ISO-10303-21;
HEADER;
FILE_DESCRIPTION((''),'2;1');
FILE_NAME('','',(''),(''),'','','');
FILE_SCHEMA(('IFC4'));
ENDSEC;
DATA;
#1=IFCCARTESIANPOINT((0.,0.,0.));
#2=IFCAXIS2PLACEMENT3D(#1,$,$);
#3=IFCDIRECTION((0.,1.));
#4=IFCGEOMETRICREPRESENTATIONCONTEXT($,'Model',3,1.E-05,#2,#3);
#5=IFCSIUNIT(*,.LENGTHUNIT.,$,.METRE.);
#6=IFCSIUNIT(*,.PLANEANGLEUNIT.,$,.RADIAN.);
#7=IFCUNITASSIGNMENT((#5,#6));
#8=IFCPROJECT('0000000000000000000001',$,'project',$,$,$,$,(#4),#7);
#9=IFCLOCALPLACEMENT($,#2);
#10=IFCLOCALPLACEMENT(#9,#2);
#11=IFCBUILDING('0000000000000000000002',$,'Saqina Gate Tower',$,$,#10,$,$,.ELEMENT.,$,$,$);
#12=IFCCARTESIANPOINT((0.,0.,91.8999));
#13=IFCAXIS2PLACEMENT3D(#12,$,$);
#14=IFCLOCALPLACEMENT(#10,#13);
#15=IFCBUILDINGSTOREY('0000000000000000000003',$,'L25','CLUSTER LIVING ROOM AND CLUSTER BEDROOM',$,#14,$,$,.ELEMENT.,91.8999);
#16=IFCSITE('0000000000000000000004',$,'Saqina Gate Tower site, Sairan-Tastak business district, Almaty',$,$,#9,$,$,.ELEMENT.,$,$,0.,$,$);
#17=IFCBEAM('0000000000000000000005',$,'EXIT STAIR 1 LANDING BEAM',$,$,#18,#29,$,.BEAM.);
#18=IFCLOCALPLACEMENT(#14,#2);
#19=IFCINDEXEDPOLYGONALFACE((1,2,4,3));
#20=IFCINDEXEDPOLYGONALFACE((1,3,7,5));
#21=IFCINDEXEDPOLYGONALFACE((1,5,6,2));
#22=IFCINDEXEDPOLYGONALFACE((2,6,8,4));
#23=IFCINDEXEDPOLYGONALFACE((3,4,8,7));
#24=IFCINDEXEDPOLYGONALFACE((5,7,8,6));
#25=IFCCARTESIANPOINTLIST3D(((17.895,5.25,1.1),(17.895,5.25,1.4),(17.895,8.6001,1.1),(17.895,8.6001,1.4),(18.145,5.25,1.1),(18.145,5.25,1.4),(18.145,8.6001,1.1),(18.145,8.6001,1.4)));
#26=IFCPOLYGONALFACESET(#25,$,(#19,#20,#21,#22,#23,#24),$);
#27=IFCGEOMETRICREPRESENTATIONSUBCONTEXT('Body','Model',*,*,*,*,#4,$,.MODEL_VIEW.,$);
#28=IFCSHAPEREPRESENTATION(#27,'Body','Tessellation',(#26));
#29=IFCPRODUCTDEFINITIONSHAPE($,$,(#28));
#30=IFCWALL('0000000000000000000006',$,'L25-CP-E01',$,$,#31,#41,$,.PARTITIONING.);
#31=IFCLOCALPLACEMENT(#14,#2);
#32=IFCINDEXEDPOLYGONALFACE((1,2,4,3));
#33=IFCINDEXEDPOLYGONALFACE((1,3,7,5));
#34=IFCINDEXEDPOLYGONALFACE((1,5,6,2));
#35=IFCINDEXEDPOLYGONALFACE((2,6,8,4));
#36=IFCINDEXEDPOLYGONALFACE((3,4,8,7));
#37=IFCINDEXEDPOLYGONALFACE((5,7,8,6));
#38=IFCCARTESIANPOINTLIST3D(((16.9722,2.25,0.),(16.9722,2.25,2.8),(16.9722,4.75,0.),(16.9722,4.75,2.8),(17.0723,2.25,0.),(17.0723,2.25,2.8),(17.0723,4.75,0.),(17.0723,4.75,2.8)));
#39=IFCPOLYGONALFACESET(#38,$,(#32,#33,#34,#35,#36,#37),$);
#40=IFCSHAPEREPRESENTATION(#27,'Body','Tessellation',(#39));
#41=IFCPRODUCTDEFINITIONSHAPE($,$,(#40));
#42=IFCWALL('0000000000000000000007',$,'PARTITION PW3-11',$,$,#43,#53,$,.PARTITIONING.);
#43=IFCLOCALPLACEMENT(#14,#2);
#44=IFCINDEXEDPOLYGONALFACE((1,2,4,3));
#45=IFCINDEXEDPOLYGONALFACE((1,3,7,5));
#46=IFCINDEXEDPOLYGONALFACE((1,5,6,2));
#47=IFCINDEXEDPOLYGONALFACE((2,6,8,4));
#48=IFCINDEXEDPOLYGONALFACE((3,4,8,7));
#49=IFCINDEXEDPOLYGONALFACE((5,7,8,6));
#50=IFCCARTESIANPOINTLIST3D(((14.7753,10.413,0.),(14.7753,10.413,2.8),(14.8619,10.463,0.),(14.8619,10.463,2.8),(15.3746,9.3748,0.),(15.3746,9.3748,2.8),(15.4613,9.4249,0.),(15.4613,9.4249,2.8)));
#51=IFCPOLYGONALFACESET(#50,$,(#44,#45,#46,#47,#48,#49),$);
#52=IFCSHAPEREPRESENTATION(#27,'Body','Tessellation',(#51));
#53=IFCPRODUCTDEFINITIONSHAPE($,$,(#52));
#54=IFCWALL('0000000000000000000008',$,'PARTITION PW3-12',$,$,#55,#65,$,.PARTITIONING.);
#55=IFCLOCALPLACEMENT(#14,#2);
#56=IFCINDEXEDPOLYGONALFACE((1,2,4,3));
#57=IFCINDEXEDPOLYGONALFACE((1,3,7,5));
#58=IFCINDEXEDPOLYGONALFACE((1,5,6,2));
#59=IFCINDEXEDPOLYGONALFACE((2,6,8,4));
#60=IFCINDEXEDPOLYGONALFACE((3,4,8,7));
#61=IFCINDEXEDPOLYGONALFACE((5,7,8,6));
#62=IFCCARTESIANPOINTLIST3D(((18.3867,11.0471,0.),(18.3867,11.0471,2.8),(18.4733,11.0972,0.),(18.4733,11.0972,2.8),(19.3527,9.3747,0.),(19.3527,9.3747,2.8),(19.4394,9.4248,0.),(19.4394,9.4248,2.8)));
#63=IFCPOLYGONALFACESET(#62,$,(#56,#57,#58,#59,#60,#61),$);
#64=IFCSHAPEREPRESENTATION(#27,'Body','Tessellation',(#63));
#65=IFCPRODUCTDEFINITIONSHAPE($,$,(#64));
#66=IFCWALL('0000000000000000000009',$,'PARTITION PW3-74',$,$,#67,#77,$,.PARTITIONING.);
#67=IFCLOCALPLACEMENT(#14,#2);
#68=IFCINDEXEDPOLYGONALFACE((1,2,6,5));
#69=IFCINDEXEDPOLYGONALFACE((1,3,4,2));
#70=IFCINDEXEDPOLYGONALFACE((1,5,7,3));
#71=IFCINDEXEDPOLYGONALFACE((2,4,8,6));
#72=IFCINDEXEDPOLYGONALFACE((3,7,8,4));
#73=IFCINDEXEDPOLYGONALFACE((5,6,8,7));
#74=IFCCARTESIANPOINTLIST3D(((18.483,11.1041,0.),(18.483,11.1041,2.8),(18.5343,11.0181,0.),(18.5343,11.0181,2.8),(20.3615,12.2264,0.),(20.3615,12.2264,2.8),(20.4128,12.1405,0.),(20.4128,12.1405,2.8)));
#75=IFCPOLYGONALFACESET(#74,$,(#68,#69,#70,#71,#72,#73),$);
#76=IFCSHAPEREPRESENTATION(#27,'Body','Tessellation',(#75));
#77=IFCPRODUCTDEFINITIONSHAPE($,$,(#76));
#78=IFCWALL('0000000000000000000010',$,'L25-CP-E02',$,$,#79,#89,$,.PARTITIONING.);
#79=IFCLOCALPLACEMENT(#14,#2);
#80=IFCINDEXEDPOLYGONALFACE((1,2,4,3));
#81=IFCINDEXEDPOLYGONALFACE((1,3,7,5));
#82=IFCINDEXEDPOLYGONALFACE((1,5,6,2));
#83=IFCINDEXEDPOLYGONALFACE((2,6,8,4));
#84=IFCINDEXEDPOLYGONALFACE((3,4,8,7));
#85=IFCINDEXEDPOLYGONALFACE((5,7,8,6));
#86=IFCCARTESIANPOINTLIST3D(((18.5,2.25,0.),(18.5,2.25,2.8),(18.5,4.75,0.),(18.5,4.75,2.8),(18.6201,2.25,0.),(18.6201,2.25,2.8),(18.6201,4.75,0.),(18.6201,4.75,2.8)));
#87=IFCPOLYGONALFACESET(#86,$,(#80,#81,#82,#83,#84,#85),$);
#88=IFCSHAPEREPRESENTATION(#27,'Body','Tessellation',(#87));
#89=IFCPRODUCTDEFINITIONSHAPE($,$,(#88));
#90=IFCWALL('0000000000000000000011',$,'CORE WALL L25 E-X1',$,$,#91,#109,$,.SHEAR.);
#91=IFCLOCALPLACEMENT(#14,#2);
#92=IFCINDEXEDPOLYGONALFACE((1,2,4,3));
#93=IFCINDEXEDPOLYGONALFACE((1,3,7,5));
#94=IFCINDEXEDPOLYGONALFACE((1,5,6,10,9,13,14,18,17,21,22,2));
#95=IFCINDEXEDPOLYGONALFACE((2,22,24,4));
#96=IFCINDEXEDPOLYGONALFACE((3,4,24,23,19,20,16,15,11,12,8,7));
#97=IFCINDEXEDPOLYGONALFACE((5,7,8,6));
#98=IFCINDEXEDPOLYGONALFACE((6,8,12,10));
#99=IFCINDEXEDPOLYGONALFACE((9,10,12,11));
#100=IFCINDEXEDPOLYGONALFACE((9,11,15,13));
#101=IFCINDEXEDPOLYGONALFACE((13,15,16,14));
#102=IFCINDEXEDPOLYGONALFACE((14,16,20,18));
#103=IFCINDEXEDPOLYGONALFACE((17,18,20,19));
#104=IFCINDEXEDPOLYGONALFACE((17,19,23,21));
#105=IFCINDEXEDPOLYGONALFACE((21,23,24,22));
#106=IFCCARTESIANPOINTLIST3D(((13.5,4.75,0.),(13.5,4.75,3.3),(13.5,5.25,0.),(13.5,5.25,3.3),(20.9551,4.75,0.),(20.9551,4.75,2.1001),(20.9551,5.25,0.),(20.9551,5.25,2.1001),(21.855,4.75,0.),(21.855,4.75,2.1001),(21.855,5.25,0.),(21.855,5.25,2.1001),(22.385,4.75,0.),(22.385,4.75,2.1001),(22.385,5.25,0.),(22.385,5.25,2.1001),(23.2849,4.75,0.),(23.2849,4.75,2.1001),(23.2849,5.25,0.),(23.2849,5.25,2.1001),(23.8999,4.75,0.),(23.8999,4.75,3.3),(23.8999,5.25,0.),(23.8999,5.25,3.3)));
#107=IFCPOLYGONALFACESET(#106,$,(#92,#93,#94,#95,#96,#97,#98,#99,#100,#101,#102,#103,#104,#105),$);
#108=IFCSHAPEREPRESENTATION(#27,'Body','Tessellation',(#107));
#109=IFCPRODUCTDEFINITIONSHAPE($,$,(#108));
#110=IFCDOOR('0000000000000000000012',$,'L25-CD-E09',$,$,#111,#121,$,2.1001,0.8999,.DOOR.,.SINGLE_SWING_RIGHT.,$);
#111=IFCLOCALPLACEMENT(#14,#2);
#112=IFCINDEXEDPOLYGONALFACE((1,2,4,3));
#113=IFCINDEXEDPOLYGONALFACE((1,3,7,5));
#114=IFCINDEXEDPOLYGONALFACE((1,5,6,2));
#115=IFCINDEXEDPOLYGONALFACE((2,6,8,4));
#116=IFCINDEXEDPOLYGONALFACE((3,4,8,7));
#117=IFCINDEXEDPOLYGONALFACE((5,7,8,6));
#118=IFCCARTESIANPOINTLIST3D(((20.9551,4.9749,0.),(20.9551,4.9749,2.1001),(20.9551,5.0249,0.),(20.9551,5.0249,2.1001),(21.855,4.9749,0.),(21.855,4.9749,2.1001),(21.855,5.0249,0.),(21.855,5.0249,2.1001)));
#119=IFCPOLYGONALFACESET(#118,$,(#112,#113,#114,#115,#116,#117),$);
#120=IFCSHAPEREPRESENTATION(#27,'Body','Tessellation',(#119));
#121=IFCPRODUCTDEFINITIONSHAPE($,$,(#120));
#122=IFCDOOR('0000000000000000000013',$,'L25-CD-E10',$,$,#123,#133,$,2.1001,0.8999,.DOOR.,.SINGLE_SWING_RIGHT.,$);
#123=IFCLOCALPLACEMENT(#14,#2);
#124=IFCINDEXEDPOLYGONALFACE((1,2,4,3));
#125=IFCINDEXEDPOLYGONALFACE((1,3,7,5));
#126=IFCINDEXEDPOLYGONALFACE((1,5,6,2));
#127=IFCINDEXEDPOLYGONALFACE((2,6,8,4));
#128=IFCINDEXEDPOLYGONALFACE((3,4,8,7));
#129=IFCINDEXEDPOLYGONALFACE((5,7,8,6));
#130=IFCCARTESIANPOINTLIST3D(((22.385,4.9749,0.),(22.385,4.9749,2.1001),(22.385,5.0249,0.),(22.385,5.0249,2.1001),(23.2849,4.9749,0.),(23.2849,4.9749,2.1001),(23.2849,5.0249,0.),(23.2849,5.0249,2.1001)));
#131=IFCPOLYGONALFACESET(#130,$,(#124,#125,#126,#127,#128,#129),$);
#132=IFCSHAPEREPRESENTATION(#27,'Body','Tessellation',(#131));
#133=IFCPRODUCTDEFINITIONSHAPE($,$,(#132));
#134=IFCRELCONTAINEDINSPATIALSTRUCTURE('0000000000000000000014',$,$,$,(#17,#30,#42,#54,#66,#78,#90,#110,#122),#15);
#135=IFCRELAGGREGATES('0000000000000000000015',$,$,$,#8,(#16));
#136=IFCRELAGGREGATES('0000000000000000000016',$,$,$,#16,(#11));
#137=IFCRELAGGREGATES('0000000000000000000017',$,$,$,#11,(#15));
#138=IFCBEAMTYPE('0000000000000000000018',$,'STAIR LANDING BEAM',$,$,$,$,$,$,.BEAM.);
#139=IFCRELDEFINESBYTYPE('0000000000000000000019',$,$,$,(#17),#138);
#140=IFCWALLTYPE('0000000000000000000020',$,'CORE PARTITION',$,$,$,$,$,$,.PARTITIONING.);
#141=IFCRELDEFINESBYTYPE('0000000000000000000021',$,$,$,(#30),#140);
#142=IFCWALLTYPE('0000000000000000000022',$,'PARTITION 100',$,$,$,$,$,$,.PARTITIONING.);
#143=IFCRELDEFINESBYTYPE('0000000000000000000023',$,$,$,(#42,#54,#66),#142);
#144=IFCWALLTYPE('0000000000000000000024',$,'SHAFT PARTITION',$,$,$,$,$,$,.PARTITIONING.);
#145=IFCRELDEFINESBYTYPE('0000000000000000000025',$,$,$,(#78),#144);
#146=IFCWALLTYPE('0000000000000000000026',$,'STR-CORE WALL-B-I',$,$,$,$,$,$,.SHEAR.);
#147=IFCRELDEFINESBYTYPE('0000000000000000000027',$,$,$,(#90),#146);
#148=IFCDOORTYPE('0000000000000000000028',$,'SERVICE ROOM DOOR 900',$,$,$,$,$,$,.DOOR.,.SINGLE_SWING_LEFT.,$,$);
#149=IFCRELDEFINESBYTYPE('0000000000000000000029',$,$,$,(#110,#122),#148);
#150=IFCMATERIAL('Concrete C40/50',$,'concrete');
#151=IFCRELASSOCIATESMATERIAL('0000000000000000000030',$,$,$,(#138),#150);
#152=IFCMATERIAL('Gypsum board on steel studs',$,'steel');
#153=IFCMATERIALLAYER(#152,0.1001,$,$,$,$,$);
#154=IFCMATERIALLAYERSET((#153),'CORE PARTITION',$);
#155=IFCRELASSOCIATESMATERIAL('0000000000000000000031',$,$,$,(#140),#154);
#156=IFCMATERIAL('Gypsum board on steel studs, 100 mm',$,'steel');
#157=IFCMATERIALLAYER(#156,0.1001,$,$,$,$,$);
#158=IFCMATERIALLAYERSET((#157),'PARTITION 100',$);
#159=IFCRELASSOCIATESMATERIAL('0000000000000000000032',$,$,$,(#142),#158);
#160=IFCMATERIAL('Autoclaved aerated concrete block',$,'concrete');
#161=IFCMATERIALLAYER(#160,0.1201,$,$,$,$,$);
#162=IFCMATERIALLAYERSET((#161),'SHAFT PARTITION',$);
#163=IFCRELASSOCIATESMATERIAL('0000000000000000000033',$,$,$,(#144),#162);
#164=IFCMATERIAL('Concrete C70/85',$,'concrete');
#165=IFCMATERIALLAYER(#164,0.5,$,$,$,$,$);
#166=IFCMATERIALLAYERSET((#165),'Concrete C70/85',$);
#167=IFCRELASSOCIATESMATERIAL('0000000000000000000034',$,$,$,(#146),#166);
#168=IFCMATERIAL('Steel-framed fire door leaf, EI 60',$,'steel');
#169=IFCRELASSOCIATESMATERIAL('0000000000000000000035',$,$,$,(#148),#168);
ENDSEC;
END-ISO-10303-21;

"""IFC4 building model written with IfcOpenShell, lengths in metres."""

from ifc_helpers import new_model, si_unit, direction, frame, frame_2d, origin, origin_2d, place, context, subcontext, project, spatial, rectangle, extrude, material, layer, layer_set, material_profile, profile_set, type_object, element, fill, save


model = new_model("IFC4")

# Units and contexts
model_context = context("Model", 3, precision=1e-05, world=origin(), true_north=direction((0.0, 1.0)))
body_context = subcontext(model_context, "Body", "Model", "MODEL_VIEW")
ifc_project = project(units=[si_unit("LENGTHUNIT", "METRE"), si_unit("PLANEANGLEUNIT", "RADIAN")], contexts=[model_context])

# Site, building, storey
site_placement = place(None, origin())
site = spatial("IfcSite", under=ifc_project, at=site_placement, Name="Saqina Gate Tower site, Sairan-Tastak business district, Almaty", CompositionType="ELEMENT", RefElevation=0.0)
building_placement = place(site_placement, origin())
building = spatial("IfcBuilding", under=site, at=building_placement, Name="Saqina Gate Tower", CompositionType="ELEMENT")
storey_placement = place(building_placement, frame((0.0, 0.0, 91.8999)))
storey = spatial("IfcBuildingStorey", under=building, at=storey_placement, Name="L25", Description="CLUSTER LIVING ROOM AND CLUSTER BEDROOM", CompositionType="ELEMENT", Elevation=91.8999)

# Beam
ifc_material_1 = material(Name="Concrete C40/50", Category="concrete")
ifc_material_profile = material_profile(ifc_material_1, rectangle(XDim=0.25, YDim=0.3, at=origin_2d()), Name="STAIR LANDING BEAM")
ifc_profile_set = profile_set([ifc_material_profile], Name="Concrete C40/50")
beam_type = type_object("IfcBeamType", Name="STAIR LANDING BEAM", PredefinedType="BEAM", material=ifc_profile_set)
beam_placement = place(storey_placement, frame((18.02, 5.25, 1.25), z_axis=(0.0, 1.0, 0.0), x_axis=(-1.0, 0.0, 0.0)))
element("IfcBeam", 1, at=beam_placement, inside=storey, type_object=beam_type, Name="EXIT STAIR 1 LANDING BEAM", PredefinedType="BEAM", context=body_context, shape_type="SweptSolid", body=[
    extrude(rectangle(XDim=0.25, YDim=0.3, at=origin_2d()), origin(), (0.0, 0.0, 1.0), 3.3501),
])

# Walls
ifc_material_2 = material(Name="Gypsum board on steel studs", Category="steel")
ifc_layer_1 = layer(ifc_material_2, 0.1001)
ifc_layer_set_1 = layer_set([ifc_layer_1], Name="CORE PARTITION")
wall_type_1 = type_object("IfcWallType", Name="CORE PARTITION", PredefinedType="PARTITIONING", material=ifc_layer_set_1)
wall_1_placement = place(storey_placement, frame((17.0222, 2.25, 0.0), z_axis=(0.0, 0.0, 1.0), x_axis=(0.0, 1.0, 0.0)))
element("IfcWall", 2, at=wall_1_placement, inside=storey, type_object=wall_type_1, Name="L25-CP-E01", PredefinedType="PARTITIONING", context=body_context, shape_type="SweptSolid", body=[
    extrude(rectangle(XDim=2.5, YDim=0.1001, at=frame_2d((1.25, 0.0))), origin(), (0.0, 0.0, 1.0), 2.8),
])
ifc_material_3 = material(Name="Gypsum board on steel studs, 100 mm", Category="steel")
ifc_layer_2 = layer(ifc_material_3, 0.1001)
ifc_layer_set_2 = layer_set([ifc_layer_2], Name="PARTITION 100")
wall_type_2 = type_object("IfcWallType", Name="PARTITION 100", PredefinedType="PARTITIONING", material=ifc_layer_set_2)
wall_2_placement = place(storey_placement, frame((14.8186, 10.438, 0.0), z_axis=(0.0, 0.0, 1.0), x_axis=(0.500016, -0.866016, 0.0)))
element("IfcWall", 3, at=wall_2_placement, inside=storey, type_object=wall_type_2, Name="PARTITION PW3-11", PredefinedType="PARTITIONING", context=body_context, shape_type="SweptSolid", body=[
    extrude(rectangle(XDim=1.1987, YDim=0.1001, at=frame_2d((0.5994, 0.0))), origin(), (0.0, 0.0, 1.0), 2.8),
])
wall_3_placement = place(storey_placement, frame((18.4299, 11.0723, 0.0), z_axis=(0.0, 0.0, 1.0), x_axis=(0.500204, -0.865908, 0.0)))
element("IfcWall", 4, at=wall_3_placement, inside=storey, type_object=wall_type_2, Name="PARTITION PW3-12", PredefinedType="PARTITIONING", context=body_context, shape_type="SweptSolid", body=[
    extrude(rectangle(XDim=1.9314, YDim=0.1001, at=frame_2d((0.9658, 0.0))), origin(), (0.0, 0.0, 1.0), 2.8),
])
wall_4_placement = place(storey_placement, frame((18.5085, 11.061, 0.0), z_axis=(0.0, 0.0, 1.0), x_axis=(0.858446, 0.512903, 0.0)))
element("IfcWall", 5, at=wall_4_placement, inside=storey, type_object=wall_type_2, Name="PARTITION PW3-74", PredefinedType="PARTITIONING", context=body_context, shape_type="SweptSolid", body=[
    extrude(rectangle(XDim=2.1882, YDim=0.1001, at=frame_2d((1.0942, 0.0))), origin(), (0.0, 0.0, 1.0), 2.8),
])
ifc_material_4 = material(Name="Autoclaved aerated concrete block", Category="concrete")
ifc_layer_3 = layer(ifc_material_4, 0.1201)
ifc_layer_set_3 = layer_set([ifc_layer_3], Name="SHAFT PARTITION")
wall_type_3 = type_object("IfcWallType", Name="SHAFT PARTITION", PredefinedType="PARTITIONING", material=ifc_layer_set_3)
wall_5_placement = place(storey_placement, frame((18.5601, 2.25, 0.0), z_axis=(0.0, 0.0, 1.0), x_axis=(0.0, 1.0, 0.0)))
element("IfcWall", 6, at=wall_5_placement, inside=storey, type_object=wall_type_3, Name="L25-CP-E02", PredefinedType="PARTITIONING", context=body_context, shape_type="SweptSolid", body=[
    extrude(rectangle(XDim=2.5, YDim=0.1201, at=frame_2d((1.25, 0.0))), origin(), (0.0, 0.0, 1.0), 2.8),
])

# Wall, openings, doors
ifc_material_5 = material(Name="Concrete C70/85", Category="concrete")
ifc_layer_4 = layer(ifc_material_5, 0.5)
ifc_layer_set_4 = layer_set([ifc_layer_4], Name="Concrete C70/85")
wall_type_4 = type_object("IfcWallType", Name="STR-CORE WALL-B-I", PredefinedType="SHEAR", material=ifc_layer_set_4)
wall_6_placement = place(storey_placement, frame((13.5, 5.0, 0.0), z_axis=(0.0, 0.0, 1.0), x_axis=(1.0, 0.0, 0.0)))
wall_6 = element("IfcWall", 7, at=wall_6_placement, inside=storey, type_object=wall_type_4, Name="CORE WALL L25 E-X1", PredefinedType="SHEAR", context=body_context, shape_type="SweptSolid", body=[
    extrude(rectangle(XDim=10.3999, YDim=0.5, at=frame_2d((5.2, 0.0))), origin(), (0.0, 0.0, 1.0), 3.3),
])
opening_1_placement = place(wall_6_placement, frame((7.4551, 0.0, 0.0)))
opening_1 = element("IfcOpeningElement", 8, at=opening_1_placement, cuts=wall_6, PredefinedType="OPENING", context=body_context, shape_type="SweptSolid", body=[
    extrude(rectangle(XDim=0.8999, YDim=2.1001, at=frame_2d((0.45, 1.05))), frame((0.0, 0.262, 0.0), z_axis=(0.0, -1.0, 0.0), x_axis=(1.0, 0.0, 0.0)), (0.0, 0.0, 1.0), 0.5239),
])
opening_2_placement = place(wall_6_placement, frame((8.885, 0.0, 0.0)))
opening_2 = element("IfcOpeningElement", 9, at=opening_2_placement, cuts=wall_6, PredefinedType="OPENING", context=body_context, shape_type="SweptSolid", body=[
    extrude(rectangle(XDim=0.8999, YDim=2.1001, at=frame_2d((0.45, 1.05))), frame((0.0, 0.262, 0.0), z_axis=(0.0, -1.0, 0.0), x_axis=(1.0, 0.0, 0.0)), (0.0, 0.0, 1.0), 0.5239),
])
ifc_material_6 = material(Name="Steel-framed fire door leaf, EI 60", Category="steel")
door_type_1 = type_object("IfcDoorType", Name="SERVICE ROOM DOOR 900", OperationType="SINGLE_SWING_LEFT", PredefinedType="DOOR", material=ifc_material_6)
door_1_placement = place(opening_1_placement, origin())
door_1 = element("IfcDoor", 10, at=door_1_placement, inside=storey, type_object=door_type_1, Name="L25-CD-E09", OperationType="SINGLE_SWING_RIGHT", OverallHeight=2.1001, OverallWidth=0.8999, PredefinedType="DOOR", context=body_context, shape_type="SweptSolid", body=[
    extrude(rectangle(XDim=0.8999, YDim=2.1001, at=frame_2d((0.45, 1.05))), frame((0.0, 0.0249, 0.0), z_axis=(0.0, -1.0, 0.0), x_axis=(1.0, 0.0, 0.0)), (0.0, 0.0, 1.0), 0.05),
])
fill(opening_1, door_1)
door_2_placement = place(opening_2_placement, origin())
door_2 = element("IfcDoor", 11, at=door_2_placement, inside=storey, type_object=door_type_1, Name="L25-CD-E10", OperationType="SINGLE_SWING_RIGHT", OverallHeight=2.1001, OverallWidth=0.8999, PredefinedType="DOOR", context=body_context, shape_type="SweptSolid", body=[
    extrude(rectangle(XDim=0.8999, YDim=2.1001, at=frame_2d((0.45, 1.05))), frame((0.0, 0.0249, 0.0), z_axis=(0.0, -1.0, 0.0), x_axis=(1.0, 0.0, 0.0)), (0.0, 0.0, 1.0), 0.05),
])
fill(opening_2, door_2)

save(model, "model.ifc")
